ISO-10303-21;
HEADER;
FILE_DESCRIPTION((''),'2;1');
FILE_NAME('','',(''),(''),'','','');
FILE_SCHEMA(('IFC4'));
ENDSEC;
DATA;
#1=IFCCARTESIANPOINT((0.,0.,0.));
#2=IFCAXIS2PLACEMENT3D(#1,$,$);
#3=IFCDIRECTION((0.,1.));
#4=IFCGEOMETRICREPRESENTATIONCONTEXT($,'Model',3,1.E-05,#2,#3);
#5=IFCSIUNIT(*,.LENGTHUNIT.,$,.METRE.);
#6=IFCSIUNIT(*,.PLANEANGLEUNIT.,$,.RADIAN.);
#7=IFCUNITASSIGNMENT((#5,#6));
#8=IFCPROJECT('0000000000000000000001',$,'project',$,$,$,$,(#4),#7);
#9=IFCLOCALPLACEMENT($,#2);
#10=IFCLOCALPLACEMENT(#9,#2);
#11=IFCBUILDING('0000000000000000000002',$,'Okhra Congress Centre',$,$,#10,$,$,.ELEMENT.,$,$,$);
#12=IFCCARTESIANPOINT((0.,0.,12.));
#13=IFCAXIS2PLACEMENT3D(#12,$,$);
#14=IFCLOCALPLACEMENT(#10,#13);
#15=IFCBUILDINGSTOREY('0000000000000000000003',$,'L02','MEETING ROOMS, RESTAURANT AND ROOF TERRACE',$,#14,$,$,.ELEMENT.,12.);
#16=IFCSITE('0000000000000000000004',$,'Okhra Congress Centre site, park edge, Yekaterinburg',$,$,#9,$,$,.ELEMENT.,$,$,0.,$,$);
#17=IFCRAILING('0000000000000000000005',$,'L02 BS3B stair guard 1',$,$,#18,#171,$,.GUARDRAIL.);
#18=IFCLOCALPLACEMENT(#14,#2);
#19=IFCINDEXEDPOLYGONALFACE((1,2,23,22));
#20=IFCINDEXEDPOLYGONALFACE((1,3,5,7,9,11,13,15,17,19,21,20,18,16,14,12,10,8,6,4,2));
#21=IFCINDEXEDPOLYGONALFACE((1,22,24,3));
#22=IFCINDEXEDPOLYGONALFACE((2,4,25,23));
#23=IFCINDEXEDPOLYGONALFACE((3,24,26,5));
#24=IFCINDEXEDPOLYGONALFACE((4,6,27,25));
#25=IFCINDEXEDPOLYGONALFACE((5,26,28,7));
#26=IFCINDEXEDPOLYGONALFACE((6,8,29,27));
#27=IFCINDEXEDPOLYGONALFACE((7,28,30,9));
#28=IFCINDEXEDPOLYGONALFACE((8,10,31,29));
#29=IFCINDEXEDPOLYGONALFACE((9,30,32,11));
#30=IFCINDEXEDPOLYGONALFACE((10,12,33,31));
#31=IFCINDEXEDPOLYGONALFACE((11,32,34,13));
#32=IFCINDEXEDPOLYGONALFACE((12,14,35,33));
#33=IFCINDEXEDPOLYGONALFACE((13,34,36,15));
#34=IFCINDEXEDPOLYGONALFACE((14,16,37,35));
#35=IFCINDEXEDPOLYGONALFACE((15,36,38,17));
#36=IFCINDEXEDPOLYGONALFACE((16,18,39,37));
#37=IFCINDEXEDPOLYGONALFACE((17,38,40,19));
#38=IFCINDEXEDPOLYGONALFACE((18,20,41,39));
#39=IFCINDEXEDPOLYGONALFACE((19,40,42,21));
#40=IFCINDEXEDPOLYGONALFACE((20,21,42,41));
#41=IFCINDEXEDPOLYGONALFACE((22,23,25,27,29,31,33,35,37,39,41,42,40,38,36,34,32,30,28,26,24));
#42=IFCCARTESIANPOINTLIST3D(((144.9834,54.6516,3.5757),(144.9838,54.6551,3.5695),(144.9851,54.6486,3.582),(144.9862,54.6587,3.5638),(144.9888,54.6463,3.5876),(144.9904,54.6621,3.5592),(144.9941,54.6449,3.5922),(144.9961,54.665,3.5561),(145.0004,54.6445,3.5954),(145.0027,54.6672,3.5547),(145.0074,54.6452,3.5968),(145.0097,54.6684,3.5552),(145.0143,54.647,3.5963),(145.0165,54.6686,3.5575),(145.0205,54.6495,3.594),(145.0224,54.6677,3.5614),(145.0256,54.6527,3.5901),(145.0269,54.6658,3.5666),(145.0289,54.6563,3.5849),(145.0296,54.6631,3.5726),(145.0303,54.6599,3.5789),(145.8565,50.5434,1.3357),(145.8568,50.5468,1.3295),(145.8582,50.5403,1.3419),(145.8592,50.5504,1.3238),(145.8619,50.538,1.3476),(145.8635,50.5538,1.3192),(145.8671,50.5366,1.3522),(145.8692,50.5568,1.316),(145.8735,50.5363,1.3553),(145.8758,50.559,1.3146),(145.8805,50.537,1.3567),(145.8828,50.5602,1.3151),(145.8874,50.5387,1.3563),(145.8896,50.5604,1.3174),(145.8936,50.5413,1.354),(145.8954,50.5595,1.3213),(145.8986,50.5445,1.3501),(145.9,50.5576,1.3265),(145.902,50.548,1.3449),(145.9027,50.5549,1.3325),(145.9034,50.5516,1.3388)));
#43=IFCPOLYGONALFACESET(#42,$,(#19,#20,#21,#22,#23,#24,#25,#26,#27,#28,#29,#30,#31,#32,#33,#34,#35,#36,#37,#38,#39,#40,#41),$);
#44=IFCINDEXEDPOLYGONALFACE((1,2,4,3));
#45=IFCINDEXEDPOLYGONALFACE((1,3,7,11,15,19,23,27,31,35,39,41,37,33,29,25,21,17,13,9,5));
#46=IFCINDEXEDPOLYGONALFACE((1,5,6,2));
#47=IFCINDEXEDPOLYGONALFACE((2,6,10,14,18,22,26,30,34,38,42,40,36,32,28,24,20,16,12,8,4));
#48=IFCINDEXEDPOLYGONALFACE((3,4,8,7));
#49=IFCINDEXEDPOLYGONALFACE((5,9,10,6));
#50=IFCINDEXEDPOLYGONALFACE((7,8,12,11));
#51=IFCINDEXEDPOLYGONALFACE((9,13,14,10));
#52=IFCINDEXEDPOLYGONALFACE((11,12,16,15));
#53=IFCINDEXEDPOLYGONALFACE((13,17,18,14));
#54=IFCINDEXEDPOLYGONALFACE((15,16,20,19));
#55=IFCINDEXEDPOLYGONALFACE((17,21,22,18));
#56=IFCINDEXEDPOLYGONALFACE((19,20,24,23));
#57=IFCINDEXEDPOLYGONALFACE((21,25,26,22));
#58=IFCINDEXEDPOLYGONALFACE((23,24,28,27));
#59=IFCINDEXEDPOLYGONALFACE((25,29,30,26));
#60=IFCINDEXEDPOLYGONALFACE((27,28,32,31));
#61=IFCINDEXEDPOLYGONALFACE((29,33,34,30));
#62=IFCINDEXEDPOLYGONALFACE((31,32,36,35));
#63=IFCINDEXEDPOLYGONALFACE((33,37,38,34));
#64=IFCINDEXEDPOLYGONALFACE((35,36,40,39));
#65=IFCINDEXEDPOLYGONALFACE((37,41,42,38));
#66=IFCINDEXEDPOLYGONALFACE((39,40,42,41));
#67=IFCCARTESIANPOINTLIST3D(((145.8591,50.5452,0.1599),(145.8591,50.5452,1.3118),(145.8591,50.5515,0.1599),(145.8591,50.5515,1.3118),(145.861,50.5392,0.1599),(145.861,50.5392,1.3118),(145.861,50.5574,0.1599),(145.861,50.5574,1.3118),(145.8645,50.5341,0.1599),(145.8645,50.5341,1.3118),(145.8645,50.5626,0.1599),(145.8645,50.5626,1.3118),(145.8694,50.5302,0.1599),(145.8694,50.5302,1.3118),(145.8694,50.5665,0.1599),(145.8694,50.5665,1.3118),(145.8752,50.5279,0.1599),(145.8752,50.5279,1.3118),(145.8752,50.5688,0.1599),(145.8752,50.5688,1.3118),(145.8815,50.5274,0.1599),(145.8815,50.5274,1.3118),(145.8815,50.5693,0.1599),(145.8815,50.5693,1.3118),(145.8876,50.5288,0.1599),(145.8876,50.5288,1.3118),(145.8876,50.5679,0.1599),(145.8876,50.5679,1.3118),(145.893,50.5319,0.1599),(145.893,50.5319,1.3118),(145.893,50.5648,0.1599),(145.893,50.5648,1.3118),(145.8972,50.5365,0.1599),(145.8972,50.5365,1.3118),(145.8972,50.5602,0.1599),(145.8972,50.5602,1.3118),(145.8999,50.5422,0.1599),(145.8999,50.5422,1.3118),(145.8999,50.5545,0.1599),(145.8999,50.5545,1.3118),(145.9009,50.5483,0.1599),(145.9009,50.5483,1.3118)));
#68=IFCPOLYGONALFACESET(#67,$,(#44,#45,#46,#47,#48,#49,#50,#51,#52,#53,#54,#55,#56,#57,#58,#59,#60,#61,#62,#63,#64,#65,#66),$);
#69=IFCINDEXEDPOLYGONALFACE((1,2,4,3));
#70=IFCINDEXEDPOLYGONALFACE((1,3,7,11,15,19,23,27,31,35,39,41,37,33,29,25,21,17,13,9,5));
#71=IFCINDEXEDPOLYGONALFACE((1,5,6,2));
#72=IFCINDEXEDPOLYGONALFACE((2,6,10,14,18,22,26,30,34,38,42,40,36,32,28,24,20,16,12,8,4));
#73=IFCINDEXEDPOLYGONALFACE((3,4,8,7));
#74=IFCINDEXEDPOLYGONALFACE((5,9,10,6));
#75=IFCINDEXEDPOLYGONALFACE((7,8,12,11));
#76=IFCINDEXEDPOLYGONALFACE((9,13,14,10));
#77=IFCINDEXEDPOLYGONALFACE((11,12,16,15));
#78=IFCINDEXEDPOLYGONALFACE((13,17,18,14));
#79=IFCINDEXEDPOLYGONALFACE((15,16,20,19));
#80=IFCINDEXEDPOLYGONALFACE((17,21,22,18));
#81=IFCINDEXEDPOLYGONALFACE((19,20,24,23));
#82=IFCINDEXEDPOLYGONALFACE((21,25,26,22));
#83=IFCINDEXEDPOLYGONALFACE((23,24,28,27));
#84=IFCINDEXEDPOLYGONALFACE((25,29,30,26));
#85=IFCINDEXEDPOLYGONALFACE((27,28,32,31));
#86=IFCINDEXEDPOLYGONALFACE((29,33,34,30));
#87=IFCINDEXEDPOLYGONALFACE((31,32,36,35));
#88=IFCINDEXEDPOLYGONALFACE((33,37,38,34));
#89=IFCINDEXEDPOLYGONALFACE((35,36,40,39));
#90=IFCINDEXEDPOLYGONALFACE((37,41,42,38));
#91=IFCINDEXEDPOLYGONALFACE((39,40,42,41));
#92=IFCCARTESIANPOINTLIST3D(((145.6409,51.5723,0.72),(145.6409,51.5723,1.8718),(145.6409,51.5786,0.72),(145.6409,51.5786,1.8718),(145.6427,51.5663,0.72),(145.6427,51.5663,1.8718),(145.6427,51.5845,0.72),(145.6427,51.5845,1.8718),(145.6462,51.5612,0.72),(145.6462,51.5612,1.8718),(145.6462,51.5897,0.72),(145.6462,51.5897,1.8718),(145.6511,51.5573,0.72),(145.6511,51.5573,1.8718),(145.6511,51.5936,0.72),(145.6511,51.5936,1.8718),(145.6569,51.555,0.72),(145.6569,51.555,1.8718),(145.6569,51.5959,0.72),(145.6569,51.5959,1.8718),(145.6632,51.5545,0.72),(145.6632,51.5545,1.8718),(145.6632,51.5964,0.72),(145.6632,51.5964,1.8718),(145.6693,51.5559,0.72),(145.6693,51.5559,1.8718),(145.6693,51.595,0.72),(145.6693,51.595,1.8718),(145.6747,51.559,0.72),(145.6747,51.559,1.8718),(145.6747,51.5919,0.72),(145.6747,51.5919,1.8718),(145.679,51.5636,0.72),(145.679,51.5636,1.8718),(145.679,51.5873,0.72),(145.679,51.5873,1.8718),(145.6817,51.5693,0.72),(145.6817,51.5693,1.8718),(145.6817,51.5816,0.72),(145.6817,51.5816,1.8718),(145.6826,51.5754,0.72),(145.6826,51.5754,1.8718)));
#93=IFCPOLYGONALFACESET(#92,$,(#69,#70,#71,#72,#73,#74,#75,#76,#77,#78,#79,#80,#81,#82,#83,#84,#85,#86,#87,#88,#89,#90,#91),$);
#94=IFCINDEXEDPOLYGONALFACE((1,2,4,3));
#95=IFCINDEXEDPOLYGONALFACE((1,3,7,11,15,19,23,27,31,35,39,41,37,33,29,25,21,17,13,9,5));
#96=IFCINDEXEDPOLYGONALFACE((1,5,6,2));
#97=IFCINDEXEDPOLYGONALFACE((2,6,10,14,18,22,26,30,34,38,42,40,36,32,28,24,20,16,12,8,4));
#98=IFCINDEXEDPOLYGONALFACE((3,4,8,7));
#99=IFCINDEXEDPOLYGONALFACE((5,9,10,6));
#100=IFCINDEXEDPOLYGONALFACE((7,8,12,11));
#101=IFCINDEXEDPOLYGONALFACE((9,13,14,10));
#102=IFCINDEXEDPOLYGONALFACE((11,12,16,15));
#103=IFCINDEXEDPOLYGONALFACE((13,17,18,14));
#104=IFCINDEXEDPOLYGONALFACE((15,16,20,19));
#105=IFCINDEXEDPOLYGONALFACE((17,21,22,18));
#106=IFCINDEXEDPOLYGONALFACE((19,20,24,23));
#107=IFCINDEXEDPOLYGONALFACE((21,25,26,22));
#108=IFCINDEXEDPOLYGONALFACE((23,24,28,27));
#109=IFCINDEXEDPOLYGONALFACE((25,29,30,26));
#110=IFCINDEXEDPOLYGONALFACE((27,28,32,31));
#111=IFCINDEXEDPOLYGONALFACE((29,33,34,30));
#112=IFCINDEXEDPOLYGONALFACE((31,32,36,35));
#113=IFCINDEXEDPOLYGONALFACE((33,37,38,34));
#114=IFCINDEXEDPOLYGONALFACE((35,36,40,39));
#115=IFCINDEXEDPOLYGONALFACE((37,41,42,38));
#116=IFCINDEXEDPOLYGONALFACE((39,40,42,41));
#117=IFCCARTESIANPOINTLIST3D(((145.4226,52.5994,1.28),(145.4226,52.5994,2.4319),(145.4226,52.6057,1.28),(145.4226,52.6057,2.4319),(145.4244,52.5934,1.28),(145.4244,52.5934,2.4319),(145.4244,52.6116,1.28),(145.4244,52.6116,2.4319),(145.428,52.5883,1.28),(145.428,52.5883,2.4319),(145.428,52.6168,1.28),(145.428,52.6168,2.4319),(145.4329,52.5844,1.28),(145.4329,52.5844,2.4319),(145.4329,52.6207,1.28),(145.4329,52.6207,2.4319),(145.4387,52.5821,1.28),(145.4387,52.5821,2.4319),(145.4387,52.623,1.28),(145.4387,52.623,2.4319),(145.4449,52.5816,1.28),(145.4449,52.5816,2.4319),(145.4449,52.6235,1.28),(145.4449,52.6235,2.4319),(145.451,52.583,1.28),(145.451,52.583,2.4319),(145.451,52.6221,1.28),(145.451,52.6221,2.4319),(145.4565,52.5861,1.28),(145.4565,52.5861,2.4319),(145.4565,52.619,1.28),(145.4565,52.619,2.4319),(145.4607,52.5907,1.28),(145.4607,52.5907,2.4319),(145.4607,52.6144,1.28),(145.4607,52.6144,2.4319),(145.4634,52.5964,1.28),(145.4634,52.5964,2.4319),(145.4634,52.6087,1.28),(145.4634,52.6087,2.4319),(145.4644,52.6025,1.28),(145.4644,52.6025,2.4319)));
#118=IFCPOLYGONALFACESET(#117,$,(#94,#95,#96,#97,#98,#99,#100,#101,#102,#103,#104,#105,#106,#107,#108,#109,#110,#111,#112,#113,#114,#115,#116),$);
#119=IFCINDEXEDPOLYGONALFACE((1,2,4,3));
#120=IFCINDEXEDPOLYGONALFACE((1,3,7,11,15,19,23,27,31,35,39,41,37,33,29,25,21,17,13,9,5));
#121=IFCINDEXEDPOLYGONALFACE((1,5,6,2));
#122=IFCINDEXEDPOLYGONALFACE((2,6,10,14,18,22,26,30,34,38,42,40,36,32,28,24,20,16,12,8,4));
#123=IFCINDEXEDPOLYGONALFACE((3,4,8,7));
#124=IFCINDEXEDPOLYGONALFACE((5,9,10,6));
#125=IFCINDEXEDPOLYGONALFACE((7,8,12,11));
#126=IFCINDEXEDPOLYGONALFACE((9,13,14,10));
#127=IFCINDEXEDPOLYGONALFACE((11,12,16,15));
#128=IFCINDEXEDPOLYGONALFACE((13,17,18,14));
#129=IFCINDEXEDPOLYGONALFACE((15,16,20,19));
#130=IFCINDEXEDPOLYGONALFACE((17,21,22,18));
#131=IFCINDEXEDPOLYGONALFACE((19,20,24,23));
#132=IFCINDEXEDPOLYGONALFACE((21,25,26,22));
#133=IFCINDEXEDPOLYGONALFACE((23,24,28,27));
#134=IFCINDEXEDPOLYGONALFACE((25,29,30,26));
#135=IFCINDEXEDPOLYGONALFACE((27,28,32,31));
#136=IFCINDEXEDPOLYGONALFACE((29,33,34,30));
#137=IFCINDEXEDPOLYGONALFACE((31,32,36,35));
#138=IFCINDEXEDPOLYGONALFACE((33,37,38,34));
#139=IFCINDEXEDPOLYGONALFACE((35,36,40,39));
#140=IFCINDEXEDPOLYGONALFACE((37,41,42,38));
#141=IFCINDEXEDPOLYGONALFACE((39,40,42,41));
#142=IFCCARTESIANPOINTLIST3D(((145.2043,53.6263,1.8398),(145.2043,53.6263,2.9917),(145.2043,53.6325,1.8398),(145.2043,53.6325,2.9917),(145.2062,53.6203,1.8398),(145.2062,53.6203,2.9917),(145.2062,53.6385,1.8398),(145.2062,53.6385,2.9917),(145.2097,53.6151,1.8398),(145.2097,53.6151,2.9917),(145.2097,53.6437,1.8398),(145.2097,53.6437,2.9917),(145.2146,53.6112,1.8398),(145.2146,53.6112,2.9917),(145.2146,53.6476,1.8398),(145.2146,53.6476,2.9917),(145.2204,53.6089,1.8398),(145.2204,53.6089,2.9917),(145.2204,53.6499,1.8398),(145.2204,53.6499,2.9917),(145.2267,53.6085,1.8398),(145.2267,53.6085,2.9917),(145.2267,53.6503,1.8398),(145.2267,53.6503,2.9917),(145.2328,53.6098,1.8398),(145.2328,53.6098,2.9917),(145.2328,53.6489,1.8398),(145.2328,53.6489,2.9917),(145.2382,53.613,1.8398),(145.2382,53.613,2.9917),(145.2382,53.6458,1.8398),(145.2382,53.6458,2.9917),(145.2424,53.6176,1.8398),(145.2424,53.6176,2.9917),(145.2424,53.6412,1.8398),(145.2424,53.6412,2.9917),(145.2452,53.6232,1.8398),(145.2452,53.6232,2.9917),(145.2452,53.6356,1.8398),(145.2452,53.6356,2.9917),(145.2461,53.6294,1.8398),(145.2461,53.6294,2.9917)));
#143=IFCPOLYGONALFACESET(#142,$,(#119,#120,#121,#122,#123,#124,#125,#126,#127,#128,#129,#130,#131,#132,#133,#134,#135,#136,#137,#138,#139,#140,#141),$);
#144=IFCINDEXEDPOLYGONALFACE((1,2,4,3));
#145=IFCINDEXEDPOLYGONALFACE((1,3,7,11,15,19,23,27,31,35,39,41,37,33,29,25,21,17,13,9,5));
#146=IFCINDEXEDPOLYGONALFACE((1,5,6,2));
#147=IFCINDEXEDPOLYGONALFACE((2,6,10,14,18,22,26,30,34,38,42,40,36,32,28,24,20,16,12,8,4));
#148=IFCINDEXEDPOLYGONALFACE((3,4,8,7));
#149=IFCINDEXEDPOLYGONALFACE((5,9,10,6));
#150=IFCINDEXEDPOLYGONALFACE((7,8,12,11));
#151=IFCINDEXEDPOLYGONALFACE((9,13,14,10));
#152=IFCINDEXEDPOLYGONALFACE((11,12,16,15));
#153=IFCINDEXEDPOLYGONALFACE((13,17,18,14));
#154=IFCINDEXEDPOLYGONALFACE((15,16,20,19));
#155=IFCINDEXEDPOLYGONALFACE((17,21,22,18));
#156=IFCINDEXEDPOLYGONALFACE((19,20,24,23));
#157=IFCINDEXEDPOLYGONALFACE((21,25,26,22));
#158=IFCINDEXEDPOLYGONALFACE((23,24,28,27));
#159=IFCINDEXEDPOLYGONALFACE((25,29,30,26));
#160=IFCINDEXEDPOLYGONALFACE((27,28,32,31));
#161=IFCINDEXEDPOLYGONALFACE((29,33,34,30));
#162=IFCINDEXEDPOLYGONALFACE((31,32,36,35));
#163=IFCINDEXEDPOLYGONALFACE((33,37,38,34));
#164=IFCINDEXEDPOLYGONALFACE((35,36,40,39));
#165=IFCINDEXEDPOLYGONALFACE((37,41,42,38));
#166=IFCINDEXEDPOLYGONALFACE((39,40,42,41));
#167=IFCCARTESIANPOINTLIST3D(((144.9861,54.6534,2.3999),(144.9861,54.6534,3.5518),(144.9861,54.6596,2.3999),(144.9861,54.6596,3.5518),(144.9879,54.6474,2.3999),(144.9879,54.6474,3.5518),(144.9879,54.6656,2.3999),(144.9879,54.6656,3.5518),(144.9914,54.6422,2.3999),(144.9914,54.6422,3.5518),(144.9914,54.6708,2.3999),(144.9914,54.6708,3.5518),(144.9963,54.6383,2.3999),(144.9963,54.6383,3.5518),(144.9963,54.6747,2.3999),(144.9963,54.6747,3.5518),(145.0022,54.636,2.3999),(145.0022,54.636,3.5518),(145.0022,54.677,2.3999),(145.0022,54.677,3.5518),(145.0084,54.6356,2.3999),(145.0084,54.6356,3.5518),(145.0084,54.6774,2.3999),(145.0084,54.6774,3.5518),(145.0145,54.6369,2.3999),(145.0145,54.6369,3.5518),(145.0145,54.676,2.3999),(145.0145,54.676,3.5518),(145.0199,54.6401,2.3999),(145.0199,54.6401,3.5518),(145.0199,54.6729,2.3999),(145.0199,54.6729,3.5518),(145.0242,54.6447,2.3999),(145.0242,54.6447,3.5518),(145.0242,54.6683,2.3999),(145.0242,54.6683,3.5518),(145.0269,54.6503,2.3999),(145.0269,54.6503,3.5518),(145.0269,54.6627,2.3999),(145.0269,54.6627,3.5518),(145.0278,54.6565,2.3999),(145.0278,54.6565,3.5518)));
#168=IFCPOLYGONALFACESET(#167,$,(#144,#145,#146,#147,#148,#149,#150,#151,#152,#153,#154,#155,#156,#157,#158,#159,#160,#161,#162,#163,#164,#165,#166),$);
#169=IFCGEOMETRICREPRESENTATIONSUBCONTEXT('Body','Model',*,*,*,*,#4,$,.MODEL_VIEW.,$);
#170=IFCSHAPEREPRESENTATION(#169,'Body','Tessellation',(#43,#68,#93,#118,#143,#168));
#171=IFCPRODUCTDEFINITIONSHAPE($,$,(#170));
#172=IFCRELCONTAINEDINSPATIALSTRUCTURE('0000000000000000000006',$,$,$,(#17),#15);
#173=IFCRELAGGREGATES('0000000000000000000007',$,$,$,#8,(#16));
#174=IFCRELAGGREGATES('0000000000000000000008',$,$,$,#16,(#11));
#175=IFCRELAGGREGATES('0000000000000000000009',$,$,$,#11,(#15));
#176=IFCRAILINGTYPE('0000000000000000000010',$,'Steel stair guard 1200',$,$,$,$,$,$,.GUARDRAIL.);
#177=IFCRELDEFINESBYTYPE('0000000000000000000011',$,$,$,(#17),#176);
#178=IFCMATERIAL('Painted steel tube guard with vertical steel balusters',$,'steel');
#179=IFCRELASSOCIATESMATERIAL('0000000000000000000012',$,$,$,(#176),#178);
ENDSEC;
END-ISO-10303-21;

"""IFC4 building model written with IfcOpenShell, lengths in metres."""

from ifc_helpers import new_model, si_unit, direction, frame, origin, origin_2d, place, context, subcontext, project, spatial, circle, extrude, material, type_object, element, save


model = new_model("IFC4")

# Units and contexts
model_context = context("Model", 3, precision=1e-05, world=origin(), true_north=direction((0.0, 1.0)))
body_context = subcontext(model_context, "Body", "Model", "MODEL_VIEW")
ifc_project = project(units=[si_unit("LENGTHUNIT", "METRE"), si_unit("PLANEANGLEUNIT", "RADIAN")], contexts=[model_context])

# Site, building, storey
site_placement = place(None, origin())
site = spatial("IfcSite", under=ifc_project, at=site_placement, Name="Okhra Congress Centre site, park edge, Yekaterinburg", CompositionType="ELEMENT", RefElevation=0.0)
building_placement = place(site_placement, origin())
building = spatial("IfcBuilding", under=site, at=building_placement, Name="Okhra Congress Centre", CompositionType="ELEMENT")
storey_placement = place(building_placement, frame((0.0, 0.0, 12.0)))
storey = spatial("IfcBuildingStorey", under=building, at=storey_placement, Name="L02", Description="MEETING ROOMS, RESTAURANT AND ROOF TERRACE", CompositionType="ELEMENT", Elevation=12.0)

# Railing
ifc_material_1 = material(Name="Painted steel tube guard with vertical steel balusters", Category="steel")
railing_type_1 = type_object("IfcRailingType", Name="Steel stair guard 1200", PredefinedType="GUARDRAIL", material=ifc_material_1)
railing_1_placement = place(storey_placement, frame((145.8799, 50.5483, 0.1599)))
element("IfcRailing", 1, at=railing_1_placement, inside=storey, type_object=railing_type_1, Name="L02 BS3B stair guard 1", PredefinedType="GUARDRAIL", context=body_context, shape_type="SweptSolid", body=[
    extrude(circle(Radius=0.0239, at=origin_2d()), frame((0.0, 0.0, 1.1758), z_axis=(-0.183417, 0.863075, 0.470596), x_axis=(-0.978156, -0.207873, 0.0)), (0.0, 0.0, 1.0), 4.76),
    extrude(circle(Radius=0.021, at=origin_2d()), origin(), (0.0, 0.0, 1.0), 1.1519),
    extrude(circle(Radius=0.021, at=origin_2d()), frame((-0.2183, 1.0271, 0.5601)), (0.0, 0.0, 1.0), 1.1519),
    extrude(circle(Radius=0.021, at=origin_2d()), frame((-0.4365, 2.0542, 1.1201)), (0.0, 0.0, 1.0), 1.1519),
    extrude(circle(Radius=0.021, at=origin_2d()), frame((-0.6548, 3.0811, 1.6799)), (0.0, 0.0, 1.0), 1.1519),
    extrude(circle(Radius=0.021, at=origin_2d()), frame((-0.873, 4.1082, 2.24)), (0.0, 0.0, 1.0), 1.1519),
])

save(model, "model.ifc")
